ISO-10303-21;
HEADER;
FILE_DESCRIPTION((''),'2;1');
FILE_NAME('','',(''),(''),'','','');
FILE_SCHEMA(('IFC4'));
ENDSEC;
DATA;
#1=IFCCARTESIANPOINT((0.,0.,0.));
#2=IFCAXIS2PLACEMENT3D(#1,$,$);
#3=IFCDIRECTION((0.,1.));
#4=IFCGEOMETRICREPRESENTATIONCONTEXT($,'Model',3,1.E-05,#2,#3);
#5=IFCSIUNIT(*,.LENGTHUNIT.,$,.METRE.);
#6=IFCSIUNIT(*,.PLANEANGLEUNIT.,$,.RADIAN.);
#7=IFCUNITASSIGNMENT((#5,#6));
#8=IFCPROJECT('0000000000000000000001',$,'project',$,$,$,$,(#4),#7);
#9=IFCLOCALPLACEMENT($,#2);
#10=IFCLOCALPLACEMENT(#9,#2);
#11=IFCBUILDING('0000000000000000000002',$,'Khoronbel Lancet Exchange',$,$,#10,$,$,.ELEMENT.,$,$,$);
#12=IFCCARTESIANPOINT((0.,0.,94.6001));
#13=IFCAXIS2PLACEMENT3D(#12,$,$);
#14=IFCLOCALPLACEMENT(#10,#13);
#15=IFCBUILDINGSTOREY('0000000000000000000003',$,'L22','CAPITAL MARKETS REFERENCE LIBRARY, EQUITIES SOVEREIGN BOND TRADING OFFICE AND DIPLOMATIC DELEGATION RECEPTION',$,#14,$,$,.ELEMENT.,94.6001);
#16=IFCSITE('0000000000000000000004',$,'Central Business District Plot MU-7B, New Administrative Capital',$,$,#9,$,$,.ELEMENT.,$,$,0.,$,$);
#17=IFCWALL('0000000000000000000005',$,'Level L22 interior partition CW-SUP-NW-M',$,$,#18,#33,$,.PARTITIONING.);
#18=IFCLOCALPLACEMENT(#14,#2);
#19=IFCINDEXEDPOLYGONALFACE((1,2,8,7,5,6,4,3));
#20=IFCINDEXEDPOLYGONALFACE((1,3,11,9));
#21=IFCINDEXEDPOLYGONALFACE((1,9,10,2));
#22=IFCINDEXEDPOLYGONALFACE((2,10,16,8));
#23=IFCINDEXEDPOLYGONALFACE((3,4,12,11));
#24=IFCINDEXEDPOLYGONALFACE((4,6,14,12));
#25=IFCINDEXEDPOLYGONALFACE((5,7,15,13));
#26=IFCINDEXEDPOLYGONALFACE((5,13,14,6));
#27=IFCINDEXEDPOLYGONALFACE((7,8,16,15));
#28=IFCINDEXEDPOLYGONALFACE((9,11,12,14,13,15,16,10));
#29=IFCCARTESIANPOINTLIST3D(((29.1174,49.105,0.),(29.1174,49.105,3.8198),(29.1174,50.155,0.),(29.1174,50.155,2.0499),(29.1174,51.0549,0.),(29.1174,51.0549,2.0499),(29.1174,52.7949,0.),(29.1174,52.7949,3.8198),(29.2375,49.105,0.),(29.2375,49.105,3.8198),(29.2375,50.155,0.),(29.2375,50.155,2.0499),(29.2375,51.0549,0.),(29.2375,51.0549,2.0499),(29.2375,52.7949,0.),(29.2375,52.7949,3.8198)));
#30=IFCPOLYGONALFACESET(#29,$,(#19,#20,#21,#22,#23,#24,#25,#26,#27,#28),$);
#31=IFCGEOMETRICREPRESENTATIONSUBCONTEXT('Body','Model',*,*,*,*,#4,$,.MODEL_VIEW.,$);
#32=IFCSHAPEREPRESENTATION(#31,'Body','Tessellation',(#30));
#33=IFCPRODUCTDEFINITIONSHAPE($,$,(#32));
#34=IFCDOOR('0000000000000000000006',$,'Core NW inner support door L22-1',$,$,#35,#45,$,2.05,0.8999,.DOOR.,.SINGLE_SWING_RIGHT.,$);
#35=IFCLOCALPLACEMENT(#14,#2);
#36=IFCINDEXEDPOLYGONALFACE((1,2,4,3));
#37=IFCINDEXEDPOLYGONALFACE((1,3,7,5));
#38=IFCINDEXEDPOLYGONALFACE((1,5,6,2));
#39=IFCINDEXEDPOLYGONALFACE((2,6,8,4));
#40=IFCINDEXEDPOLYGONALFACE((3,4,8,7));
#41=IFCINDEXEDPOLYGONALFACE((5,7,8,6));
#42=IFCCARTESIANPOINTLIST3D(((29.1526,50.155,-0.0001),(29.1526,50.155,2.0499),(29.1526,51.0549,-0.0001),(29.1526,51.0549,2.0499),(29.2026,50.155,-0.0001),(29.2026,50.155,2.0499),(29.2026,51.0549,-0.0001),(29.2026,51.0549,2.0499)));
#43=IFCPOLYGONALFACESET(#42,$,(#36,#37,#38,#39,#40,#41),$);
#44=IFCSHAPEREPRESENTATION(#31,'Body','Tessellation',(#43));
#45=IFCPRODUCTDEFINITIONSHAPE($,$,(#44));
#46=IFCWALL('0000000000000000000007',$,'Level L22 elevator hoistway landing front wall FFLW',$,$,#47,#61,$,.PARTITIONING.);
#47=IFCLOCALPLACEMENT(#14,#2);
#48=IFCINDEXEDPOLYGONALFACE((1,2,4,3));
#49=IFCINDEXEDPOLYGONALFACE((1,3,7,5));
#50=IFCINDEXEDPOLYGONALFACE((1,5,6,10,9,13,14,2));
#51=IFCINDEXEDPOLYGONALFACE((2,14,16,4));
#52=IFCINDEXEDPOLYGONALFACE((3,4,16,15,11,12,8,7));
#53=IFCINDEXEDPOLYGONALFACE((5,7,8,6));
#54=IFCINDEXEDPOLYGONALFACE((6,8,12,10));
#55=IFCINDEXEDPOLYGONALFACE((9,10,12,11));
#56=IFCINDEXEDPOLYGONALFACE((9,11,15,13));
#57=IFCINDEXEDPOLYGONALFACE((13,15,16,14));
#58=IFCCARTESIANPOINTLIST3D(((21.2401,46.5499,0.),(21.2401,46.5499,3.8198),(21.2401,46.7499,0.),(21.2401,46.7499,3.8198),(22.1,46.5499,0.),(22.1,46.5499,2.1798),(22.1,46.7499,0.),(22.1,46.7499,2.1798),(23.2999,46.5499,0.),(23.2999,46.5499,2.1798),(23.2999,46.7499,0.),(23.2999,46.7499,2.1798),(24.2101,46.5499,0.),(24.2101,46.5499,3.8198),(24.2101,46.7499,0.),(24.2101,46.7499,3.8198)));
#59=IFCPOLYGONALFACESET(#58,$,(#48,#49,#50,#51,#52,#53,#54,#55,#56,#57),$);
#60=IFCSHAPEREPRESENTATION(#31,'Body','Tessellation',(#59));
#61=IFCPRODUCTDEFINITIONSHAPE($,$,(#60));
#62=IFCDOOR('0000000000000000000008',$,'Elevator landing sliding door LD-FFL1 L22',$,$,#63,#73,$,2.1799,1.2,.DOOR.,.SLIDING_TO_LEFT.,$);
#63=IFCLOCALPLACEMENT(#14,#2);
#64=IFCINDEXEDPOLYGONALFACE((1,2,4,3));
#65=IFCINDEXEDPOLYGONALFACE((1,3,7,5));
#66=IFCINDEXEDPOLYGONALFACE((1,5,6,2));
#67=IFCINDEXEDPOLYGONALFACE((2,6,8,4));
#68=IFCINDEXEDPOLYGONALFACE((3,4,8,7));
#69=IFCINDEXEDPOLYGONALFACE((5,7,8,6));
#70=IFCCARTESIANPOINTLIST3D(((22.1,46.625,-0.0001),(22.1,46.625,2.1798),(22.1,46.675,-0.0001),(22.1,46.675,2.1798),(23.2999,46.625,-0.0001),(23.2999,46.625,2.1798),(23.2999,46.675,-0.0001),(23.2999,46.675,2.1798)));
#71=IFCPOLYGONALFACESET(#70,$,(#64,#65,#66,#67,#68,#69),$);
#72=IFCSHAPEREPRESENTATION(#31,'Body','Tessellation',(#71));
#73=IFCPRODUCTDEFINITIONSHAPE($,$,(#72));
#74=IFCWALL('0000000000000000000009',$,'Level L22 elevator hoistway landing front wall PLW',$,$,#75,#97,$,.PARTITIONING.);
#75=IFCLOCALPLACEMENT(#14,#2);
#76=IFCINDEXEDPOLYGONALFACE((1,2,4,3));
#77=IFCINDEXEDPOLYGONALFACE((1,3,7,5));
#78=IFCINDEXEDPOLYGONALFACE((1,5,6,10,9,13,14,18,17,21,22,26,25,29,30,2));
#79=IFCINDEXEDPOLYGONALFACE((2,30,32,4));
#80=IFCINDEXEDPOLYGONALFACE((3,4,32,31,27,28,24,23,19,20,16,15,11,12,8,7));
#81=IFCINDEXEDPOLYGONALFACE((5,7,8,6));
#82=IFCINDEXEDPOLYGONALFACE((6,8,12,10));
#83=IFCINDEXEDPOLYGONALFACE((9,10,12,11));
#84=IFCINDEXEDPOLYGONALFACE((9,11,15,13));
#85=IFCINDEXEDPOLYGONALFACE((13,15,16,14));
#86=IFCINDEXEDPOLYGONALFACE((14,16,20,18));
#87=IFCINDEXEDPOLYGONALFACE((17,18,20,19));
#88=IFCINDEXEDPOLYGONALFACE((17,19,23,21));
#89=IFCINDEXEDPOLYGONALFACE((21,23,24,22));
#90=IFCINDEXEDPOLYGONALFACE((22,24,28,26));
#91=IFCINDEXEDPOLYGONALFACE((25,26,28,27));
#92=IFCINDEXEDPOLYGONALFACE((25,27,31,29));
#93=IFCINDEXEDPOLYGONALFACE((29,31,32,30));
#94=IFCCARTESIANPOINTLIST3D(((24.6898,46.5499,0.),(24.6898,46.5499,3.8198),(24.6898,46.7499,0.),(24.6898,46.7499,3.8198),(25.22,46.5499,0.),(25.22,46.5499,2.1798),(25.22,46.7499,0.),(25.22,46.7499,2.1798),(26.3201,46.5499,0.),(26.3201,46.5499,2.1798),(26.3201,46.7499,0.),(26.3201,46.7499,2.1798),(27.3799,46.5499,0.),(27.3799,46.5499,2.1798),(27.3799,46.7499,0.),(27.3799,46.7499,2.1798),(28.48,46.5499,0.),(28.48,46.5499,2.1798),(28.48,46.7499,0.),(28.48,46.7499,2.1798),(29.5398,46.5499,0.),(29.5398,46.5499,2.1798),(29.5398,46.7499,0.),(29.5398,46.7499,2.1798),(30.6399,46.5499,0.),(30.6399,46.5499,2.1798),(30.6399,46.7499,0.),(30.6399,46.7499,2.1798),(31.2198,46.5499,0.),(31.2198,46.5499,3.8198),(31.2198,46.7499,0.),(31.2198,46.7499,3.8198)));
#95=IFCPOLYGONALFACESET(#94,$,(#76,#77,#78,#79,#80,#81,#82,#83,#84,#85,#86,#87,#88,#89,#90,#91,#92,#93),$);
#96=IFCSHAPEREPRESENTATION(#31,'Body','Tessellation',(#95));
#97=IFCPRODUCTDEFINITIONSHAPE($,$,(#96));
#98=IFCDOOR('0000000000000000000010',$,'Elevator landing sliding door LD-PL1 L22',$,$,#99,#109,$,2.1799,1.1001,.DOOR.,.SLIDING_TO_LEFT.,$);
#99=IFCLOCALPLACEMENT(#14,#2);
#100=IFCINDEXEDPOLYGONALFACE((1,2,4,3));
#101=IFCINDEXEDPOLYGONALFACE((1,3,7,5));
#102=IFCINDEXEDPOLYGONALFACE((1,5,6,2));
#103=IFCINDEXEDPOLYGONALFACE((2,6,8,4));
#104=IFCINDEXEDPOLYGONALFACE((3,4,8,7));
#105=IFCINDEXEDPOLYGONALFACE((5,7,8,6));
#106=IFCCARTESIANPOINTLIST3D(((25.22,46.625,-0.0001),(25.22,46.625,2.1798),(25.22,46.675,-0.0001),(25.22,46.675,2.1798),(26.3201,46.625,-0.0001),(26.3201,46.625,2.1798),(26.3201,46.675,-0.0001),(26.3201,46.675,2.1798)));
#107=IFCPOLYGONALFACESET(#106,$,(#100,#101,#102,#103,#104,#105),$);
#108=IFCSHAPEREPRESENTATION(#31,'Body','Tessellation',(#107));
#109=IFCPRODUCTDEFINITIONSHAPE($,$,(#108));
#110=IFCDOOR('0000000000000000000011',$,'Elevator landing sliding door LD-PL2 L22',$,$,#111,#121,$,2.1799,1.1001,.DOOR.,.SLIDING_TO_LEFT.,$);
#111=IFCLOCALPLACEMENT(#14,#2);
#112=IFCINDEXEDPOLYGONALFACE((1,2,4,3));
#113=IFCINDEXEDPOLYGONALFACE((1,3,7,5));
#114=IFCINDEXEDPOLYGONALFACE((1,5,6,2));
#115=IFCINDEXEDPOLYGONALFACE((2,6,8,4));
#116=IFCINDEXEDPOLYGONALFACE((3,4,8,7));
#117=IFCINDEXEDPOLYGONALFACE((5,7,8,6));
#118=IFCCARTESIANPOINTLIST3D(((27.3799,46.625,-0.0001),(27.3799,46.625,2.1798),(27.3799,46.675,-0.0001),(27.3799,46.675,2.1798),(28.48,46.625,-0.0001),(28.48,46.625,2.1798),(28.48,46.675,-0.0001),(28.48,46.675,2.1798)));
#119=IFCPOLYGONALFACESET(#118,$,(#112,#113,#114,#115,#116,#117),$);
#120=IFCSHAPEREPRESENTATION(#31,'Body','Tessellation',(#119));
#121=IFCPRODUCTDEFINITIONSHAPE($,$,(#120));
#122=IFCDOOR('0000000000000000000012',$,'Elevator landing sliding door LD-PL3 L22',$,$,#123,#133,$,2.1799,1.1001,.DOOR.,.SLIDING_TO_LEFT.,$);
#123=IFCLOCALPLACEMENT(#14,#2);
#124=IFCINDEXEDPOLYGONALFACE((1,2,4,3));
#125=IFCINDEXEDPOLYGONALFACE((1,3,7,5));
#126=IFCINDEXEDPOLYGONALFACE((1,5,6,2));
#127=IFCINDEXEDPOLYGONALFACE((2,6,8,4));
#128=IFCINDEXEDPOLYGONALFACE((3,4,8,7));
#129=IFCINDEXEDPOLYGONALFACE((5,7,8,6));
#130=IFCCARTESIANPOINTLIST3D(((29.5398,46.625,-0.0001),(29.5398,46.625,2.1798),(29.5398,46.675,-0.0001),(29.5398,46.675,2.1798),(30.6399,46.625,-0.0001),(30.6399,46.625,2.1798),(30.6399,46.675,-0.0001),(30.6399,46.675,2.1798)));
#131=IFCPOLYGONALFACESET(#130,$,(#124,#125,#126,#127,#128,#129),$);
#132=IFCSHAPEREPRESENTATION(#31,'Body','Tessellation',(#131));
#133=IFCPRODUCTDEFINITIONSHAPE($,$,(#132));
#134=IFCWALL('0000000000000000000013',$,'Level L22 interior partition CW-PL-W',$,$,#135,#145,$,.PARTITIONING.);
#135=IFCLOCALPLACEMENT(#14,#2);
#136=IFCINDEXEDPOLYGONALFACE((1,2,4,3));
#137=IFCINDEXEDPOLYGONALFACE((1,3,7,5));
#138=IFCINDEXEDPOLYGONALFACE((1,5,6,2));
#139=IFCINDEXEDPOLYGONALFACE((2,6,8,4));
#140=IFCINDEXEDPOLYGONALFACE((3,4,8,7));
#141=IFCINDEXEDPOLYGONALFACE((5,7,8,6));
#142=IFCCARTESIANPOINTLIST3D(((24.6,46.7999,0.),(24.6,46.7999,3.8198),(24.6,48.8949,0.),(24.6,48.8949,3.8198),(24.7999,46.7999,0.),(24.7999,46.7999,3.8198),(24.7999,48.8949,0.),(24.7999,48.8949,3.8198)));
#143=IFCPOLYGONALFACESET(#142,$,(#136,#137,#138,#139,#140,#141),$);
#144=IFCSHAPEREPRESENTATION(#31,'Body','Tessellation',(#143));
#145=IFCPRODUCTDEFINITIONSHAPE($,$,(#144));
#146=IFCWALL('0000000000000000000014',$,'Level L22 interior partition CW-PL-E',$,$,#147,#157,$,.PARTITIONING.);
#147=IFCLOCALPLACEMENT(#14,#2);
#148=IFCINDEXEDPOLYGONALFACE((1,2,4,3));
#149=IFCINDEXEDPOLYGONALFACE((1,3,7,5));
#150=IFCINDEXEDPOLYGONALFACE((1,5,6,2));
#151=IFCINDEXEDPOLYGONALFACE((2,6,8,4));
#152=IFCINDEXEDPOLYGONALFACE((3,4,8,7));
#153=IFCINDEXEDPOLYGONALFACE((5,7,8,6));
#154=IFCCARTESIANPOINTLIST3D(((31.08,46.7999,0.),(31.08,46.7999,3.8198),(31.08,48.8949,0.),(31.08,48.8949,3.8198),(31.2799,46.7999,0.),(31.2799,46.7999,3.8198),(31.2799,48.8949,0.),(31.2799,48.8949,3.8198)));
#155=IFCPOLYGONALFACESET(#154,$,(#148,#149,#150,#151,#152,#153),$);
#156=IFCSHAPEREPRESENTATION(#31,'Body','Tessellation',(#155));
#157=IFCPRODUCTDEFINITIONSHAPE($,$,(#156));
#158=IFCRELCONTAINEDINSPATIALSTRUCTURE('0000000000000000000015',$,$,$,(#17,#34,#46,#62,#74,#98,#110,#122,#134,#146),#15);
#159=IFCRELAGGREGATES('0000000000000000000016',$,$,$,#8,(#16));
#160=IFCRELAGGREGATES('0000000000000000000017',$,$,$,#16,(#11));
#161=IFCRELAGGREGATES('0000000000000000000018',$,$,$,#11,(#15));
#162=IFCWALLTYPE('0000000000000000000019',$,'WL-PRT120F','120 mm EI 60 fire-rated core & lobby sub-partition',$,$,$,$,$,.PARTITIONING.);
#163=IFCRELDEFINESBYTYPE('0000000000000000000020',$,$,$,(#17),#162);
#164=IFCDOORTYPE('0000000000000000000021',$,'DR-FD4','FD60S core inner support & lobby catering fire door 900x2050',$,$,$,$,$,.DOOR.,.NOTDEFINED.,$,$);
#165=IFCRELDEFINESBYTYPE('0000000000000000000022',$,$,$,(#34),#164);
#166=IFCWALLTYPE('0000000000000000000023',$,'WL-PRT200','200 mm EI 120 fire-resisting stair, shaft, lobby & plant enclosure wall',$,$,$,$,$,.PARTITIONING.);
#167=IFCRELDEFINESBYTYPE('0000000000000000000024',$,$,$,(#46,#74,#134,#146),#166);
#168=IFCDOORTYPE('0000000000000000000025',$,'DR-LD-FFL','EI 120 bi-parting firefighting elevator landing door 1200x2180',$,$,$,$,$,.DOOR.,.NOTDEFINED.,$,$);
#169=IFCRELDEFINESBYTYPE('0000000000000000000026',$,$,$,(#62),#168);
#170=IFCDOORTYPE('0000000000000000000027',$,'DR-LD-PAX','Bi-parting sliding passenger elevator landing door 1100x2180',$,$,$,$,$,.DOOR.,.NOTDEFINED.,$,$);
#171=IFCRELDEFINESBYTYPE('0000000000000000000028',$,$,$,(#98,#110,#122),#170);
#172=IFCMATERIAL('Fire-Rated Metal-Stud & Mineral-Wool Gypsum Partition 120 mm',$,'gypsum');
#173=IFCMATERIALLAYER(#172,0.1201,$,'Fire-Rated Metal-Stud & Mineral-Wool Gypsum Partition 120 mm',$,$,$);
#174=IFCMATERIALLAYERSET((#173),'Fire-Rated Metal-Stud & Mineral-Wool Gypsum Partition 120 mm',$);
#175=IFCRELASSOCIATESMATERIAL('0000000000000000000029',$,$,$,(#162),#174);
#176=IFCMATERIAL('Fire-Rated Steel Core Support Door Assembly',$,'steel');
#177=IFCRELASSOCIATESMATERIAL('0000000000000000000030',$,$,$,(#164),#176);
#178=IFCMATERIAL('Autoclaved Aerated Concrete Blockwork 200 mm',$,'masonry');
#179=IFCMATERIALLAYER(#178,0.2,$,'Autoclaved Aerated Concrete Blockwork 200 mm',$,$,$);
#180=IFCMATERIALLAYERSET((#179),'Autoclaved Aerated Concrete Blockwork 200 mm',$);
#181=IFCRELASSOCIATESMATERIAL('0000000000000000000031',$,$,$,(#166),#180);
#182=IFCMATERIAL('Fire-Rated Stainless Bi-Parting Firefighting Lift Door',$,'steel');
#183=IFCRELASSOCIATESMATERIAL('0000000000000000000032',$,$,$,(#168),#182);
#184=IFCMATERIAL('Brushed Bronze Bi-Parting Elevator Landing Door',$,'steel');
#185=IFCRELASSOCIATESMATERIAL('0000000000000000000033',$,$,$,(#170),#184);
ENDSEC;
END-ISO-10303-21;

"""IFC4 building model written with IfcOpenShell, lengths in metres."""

from ifc_helpers import new_model, si_unit, direction, frame, frame_2d, origin, place, context, subcontext, project, spatial, rectangle, extrude, material, layer, layer_set, type_object, element, fill, save


model = new_model("IFC4")

# Units and contexts
model_context = context("Model", 3, precision=1e-05, world=origin(), true_north=direction((0.0, 1.0)))
body_context = subcontext(model_context, "Body", "Model", "MODEL_VIEW")
ifc_project = project(units=[si_unit("LENGTHUNIT", "METRE"), si_unit("PLANEANGLEUNIT", "RADIAN")], contexts=[model_context])

# Site, building, storey
site_placement = place(None, origin())
site = spatial("IfcSite", under=ifc_project, at=site_placement, Name="Central Business District Plot MU-7B, New Administrative Capital", CompositionType="ELEMENT", RefElevation=0.0)
building_placement = place(site_placement, origin())
building = spatial("IfcBuilding", under=site, at=building_placement, Name="Khoronbel Lancet Exchange", CompositionType="ELEMENT")
storey_placement = place(building_placement, frame((0.0, 0.0, 94.6001)))
storey = spatial("IfcBuildingStorey", under=building, at=storey_placement, Name="L22", Description="CAPITAL MARKETS REFERENCE LIBRARY, EQUITIES SOVEREIGN BOND TRADING OFFICE AND DIPLOMATIC DELEGATION RECEPTION", CompositionType="ELEMENT", Elevation=94.6001)

# Shared definitions
ifc_material_1 = material(Name="Fire-Rated Metal-Stud & Mineral-Wool Gypsum Partition 120 mm", Category="gypsum")
ifc_layer_1 = layer(ifc_material_1, 0.1201, Name="Fire-Rated Metal-Stud & Mineral-Wool Gypsum Partition 120 mm")
ifc_layer_set_1 = layer_set([ifc_layer_1], Name="Fire-Rated Metal-Stud & Mineral-Wool Gypsum Partition 120 mm")
wall_type_1 = type_object("IfcWallType", Name="WL-PRT120F", Description="120 mm EI 60 fire-rated core & lobby sub-partition", PredefinedType="PARTITIONING", material=ifc_layer_set_1)

# Walls, openings, doors
wall_1_placement = place(storey_placement, frame((29.1775, 49.105, 0.0), z_axis=(0.0, 0.0, 1.0), x_axis=(0.0, 1.0, 0.0)))
wall_1 = element("IfcWall", 1, at=wall_1_placement, inside=storey, type_object=wall_type_1, Name="Level L22 interior partition CW-SUP-NW-M", PredefinedType="PARTITIONING", context=body_context, shape_type="SweptSolid", body=[
    extrude(rectangle(XDim=3.6899, YDim=0.1201, at=frame_2d((1.845, 0.0))), origin(), (0.0, 0.0, 1.0), 3.8198),
])
opening_1_placement = place(wall_1_placement, frame((1.05, 0.0, 0.0)))
opening_1 = element("IfcOpeningElement", 2, at=opening_1_placement, cuts=wall_1, PredefinedType="OPENING", context=body_context, shape_type="SweptSolid", body=[
    extrude(rectangle(XDim=0.8999, YDim=2.05, at=frame_2d((0.45, 1.0249))), frame((0.0, 0.0701, 0.0), z_axis=(0.0, -1.0, 0.0), x_axis=(1.0, 0.0, 0.0)), (0.0, 0.0, 1.0), 0.1401),
])
ifc_material_2 = material(Name="Fire-Rated Steel Core Support Door Assembly", Category="steel")
door_type_1 = type_object("IfcDoorType", Name="DR-FD4", Description="FD60S core inner support & lobby catering fire door 900x2050", OperationType="NOTDEFINED", PredefinedType="DOOR", material=ifc_material_2)
door_1_placement = place(opening_1_placement, origin())
door_1 = element("IfcDoor", 3, at=door_1_placement, inside=storey, type_object=door_type_1, Name="Core NW inner support door L22-1", OperationType="SINGLE_SWING_RIGHT", OverallHeight=2.05, OverallWidth=0.8999, PredefinedType="DOOR", context=body_context, shape_type="SweptSolid", body=[
    extrude(rectangle(XDim=0.8999, YDim=2.05, at=frame_2d((0.45, 1.0249))), frame((0.0, 0.0249, 0.0), z_axis=(0.0, -1.0, 0.0), x_axis=(1.0, 0.0, 0.0)), (0.0, 0.0, 1.0), 0.05),
])
fill(opening_1, door_1)
ifc_material_3 = material(Name="Autoclaved Aerated Concrete Blockwork 200 mm", Category="masonry")
ifc_layer_2 = layer(ifc_material_3, 0.2, Name="Autoclaved Aerated Concrete Blockwork 200 mm")
ifc_layer_set_2 = layer_set([ifc_layer_2], Name="Autoclaved Aerated Concrete Blockwork 200 mm")
wall_type_2 = type_object("IfcWallType", Name="WL-PRT200", Description="200 mm EI 120 fire-resisting stair, shaft, lobby & plant enclosure wall", PredefinedType="PARTITIONING", material=ifc_layer_set_2)
wall_2_placement = place(storey_placement, frame((24.21, 46.6499, 0.0), z_axis=(0.0, 0.0, 1.0), x_axis=(-1.0, 0.0, 0.0)))
wall_2 = element("IfcWall", 4, at=wall_2_placement, inside=storey, type_object=wall_type_2, Name="Level L22 elevator hoistway landing front wall FFLW", PredefinedType="PARTITIONING", context=body_context, shape_type="SweptSolid", body=[
    extrude(rectangle(XDim=2.97, YDim=0.2, at=frame_2d((1.4849, 0.0))), origin(), (0.0, 0.0, 1.0), 3.8198),
])
opening_2_placement = place(wall_2_placement, frame((0.9099, 0.0, 0.0)))
opening_2 = element("IfcOpeningElement", 5, at=opening_2_placement, cuts=wall_2, PredefinedType="OPENING", context=body_context, shape_type="SweptSolid", body=[
    extrude(rectangle(XDim=1.2, YDim=2.1799, at=frame_2d((0.6001, 1.0898))), frame((0.0, 0.1099, 0.0), z_axis=(0.0, -1.0, 0.0), x_axis=(1.0, 0.0, 0.0)), (0.0, 0.0, 1.0), 0.22),
])
ifc_material_4 = material(Name="Fire-Rated Stainless Bi-Parting Firefighting Lift Door", Category="steel")
door_type_2 = type_object("IfcDoorType", Name="DR-LD-FFL", Description="EI 120 bi-parting firefighting elevator landing door 1200x2180", OperationType="NOTDEFINED", PredefinedType="DOOR", material=ifc_material_4)
door_2_placement = place(opening_2_placement, origin())
door_2 = element("IfcDoor", 6, at=door_2_placement, inside=storey, type_object=door_type_2, Name="Elevator landing sliding door LD-FFL1 L22", OperationType="SLIDING_TO_LEFT", OverallHeight=2.1799, OverallWidth=1.2, PredefinedType="DOOR", context=body_context, shape_type="SweptSolid", body=[
    extrude(rectangle(XDim=1.2, YDim=2.1799, at=frame_2d((0.6001, 1.0898))), frame((0.0, 0.0249, 0.0), z_axis=(0.0, -1.0, 0.0), x_axis=(1.0, 0.0, 0.0)), (0.0, 0.0, 1.0), 0.05),
])
fill(opening_2, door_2)

# Wall, openings, doors
wall_3_placement = place(storey_placement, frame((31.22, 46.6499, 0.0), z_axis=(0.0, 0.0, 1.0), x_axis=(-1.0, 0.0, 0.0)))
wall_3 = element("IfcWall", 7, at=wall_3_placement, inside=storey, type_object=wall_type_2, Name="Level L22 elevator hoistway landing front wall PLW", PredefinedType="PARTITIONING", context=body_context, shape_type="SweptSolid", body=[
    extrude(rectangle(XDim=6.53, YDim=0.2, at=frame_2d((3.2651, 0.0))), origin(), (0.0, 0.0, 1.0), 3.8198),
])
opening_3_placement = place(wall_3_placement, frame((4.8999, 0.0, 0.0)))
opening_3 = element("IfcOpeningElement", 8, at=opening_3_placement, cuts=wall_3, PredefinedType="OPENING", context=body_context, shape_type="SweptSolid", body=[
    extrude(rectangle(XDim=1.1001, YDim=2.1799, at=frame_2d((0.55, 1.0898))), frame((0.0, 0.1099, 0.0), z_axis=(0.0, -1.0, 0.0), x_axis=(1.0, 0.0, 0.0)), (0.0, 0.0, 1.0), 0.22),
])
opening_4_placement = place(wall_3_placement, frame((2.74, 0.0, 0.0)))
opening_4 = element("IfcOpeningElement", 9, at=opening_4_placement, cuts=wall_3, PredefinedType="OPENING", context=body_context, shape_type="SweptSolid", body=[
    extrude(rectangle(XDim=1.1001, YDim=2.1799, at=frame_2d((0.55, 1.0898))), frame((0.0, 0.1099, 0.0), z_axis=(0.0, -1.0, 0.0), x_axis=(1.0, 0.0, 0.0)), (0.0, 0.0, 1.0), 0.22),
])
opening_5_placement = place(wall_3_placement, frame((0.5801, 0.0, 0.0)))
opening_5 = element("IfcOpeningElement", 10, at=opening_5_placement, cuts=wall_3, PredefinedType="OPENING", context=body_context, shape_type="SweptSolid", body=[
    extrude(rectangle(XDim=1.1001, YDim=2.1799, at=frame_2d((0.55, 1.0898))), frame((0.0, 0.1099, 0.0), z_axis=(0.0, -1.0, 0.0), x_axis=(1.0, 0.0, 0.0)), (0.0, 0.0, 1.0), 0.22),
])
ifc_material_5 = material(Name="Brushed Bronze Bi-Parting Elevator Landing Door", Category="steel")
door_type_3 = type_object("IfcDoorType", Name="DR-LD-PAX", Description="Bi-parting sliding passenger elevator landing door 1100x2180", OperationType="NOTDEFINED", PredefinedType="DOOR", material=ifc_material_5)
door_3_placement = place(opening_3_placement, origin())
door_3 = element("IfcDoor", 11, at=door_3_placement, inside=storey, type_object=door_type_3, Name="Elevator landing sliding door LD-PL1 L22", OperationType="SLIDING_TO_LEFT", OverallHeight=2.1799, OverallWidth=1.1001, PredefinedType="DOOR", context=body_context, shape_type="SweptSolid", body=[
    extrude(rectangle(XDim=1.1001, YDim=2.1799, at=frame_2d((0.55, 1.0898))), frame((0.0, 0.0249, 0.0), z_axis=(0.0, -1.0, 0.0), x_axis=(1.0, 0.0, 0.0)), (0.0, 0.0, 1.0), 0.05),
])
fill(opening_3, door_3)
door_4_placement = place(opening_4_placement, origin())
door_4 = element("IfcDoor", 12, at=door_4_placement, inside=storey, type_object=door_type_3, Name="Elevator landing sliding door LD-PL2 L22", OperationType="SLIDING_TO_LEFT", OverallHeight=2.1799, OverallWidth=1.1001, PredefinedType="DOOR", context=body_context, shape_type="SweptSolid", body=[
    extrude(rectangle(XDim=1.1001, YDim=2.1799, at=frame_2d((0.55, 1.0898))), frame((0.0, 0.0249, 0.0), z_axis=(0.0, -1.0, 0.0), x_axis=(1.0, 0.0, 0.0)), (0.0, 0.0, 1.0), 0.05),
])
fill(opening_4, door_4)
door_5_placement = place(opening_5_placement, origin())
door_5 = element("IfcDoor", 13, at=door_5_placement, inside=storey, type_object=door_type_3, Name="Elevator landing sliding door LD-PL3 L22", OperationType="SLIDING_TO_LEFT", OverallHeight=2.1799, OverallWidth=1.1001, PredefinedType="DOOR", context=body_context, shape_type="SweptSolid", body=[
    extrude(rectangle(XDim=1.1001, YDim=2.1799, at=frame_2d((0.55, 1.0898))), frame((0.0, 0.0249, 0.0), z_axis=(0.0, -1.0, 0.0), x_axis=(1.0, 0.0, 0.0)), (0.0, 0.0, 1.0), 0.05),
])
fill(opening_5, door_5)

# Walls
for number, where, z_axis, x_axis, name in (
    (14, (24.7, 46.8, 0.0), (0.0, 0.0, 1.0), (0.0, 1.0, 0.0), "Level L22 interior partition CW-PL-W"),
    (15, (31.1799, 46.8, 0.0), (0.0, 0.0, 1.0), (0.0, 1.0, 0.0), "Level L22 interior partition CW-PL-E"),
):
    element("IfcWall", number, at=place(storey_placement, frame(where, z_axis=z_axis, x_axis=x_axis)), inside=storey, type_object=wall_type_2, Name=name, PredefinedType="PARTITIONING", context=body_context, shape_type="SweptSolid", body=[
        extrude(rectangle(XDim=2.095, YDim=0.2, at=frame_2d((1.0474, 0.0))), origin(), (0.0, 0.0, 1.0), 3.8198),
    ])

save(model, "model.ifc")
